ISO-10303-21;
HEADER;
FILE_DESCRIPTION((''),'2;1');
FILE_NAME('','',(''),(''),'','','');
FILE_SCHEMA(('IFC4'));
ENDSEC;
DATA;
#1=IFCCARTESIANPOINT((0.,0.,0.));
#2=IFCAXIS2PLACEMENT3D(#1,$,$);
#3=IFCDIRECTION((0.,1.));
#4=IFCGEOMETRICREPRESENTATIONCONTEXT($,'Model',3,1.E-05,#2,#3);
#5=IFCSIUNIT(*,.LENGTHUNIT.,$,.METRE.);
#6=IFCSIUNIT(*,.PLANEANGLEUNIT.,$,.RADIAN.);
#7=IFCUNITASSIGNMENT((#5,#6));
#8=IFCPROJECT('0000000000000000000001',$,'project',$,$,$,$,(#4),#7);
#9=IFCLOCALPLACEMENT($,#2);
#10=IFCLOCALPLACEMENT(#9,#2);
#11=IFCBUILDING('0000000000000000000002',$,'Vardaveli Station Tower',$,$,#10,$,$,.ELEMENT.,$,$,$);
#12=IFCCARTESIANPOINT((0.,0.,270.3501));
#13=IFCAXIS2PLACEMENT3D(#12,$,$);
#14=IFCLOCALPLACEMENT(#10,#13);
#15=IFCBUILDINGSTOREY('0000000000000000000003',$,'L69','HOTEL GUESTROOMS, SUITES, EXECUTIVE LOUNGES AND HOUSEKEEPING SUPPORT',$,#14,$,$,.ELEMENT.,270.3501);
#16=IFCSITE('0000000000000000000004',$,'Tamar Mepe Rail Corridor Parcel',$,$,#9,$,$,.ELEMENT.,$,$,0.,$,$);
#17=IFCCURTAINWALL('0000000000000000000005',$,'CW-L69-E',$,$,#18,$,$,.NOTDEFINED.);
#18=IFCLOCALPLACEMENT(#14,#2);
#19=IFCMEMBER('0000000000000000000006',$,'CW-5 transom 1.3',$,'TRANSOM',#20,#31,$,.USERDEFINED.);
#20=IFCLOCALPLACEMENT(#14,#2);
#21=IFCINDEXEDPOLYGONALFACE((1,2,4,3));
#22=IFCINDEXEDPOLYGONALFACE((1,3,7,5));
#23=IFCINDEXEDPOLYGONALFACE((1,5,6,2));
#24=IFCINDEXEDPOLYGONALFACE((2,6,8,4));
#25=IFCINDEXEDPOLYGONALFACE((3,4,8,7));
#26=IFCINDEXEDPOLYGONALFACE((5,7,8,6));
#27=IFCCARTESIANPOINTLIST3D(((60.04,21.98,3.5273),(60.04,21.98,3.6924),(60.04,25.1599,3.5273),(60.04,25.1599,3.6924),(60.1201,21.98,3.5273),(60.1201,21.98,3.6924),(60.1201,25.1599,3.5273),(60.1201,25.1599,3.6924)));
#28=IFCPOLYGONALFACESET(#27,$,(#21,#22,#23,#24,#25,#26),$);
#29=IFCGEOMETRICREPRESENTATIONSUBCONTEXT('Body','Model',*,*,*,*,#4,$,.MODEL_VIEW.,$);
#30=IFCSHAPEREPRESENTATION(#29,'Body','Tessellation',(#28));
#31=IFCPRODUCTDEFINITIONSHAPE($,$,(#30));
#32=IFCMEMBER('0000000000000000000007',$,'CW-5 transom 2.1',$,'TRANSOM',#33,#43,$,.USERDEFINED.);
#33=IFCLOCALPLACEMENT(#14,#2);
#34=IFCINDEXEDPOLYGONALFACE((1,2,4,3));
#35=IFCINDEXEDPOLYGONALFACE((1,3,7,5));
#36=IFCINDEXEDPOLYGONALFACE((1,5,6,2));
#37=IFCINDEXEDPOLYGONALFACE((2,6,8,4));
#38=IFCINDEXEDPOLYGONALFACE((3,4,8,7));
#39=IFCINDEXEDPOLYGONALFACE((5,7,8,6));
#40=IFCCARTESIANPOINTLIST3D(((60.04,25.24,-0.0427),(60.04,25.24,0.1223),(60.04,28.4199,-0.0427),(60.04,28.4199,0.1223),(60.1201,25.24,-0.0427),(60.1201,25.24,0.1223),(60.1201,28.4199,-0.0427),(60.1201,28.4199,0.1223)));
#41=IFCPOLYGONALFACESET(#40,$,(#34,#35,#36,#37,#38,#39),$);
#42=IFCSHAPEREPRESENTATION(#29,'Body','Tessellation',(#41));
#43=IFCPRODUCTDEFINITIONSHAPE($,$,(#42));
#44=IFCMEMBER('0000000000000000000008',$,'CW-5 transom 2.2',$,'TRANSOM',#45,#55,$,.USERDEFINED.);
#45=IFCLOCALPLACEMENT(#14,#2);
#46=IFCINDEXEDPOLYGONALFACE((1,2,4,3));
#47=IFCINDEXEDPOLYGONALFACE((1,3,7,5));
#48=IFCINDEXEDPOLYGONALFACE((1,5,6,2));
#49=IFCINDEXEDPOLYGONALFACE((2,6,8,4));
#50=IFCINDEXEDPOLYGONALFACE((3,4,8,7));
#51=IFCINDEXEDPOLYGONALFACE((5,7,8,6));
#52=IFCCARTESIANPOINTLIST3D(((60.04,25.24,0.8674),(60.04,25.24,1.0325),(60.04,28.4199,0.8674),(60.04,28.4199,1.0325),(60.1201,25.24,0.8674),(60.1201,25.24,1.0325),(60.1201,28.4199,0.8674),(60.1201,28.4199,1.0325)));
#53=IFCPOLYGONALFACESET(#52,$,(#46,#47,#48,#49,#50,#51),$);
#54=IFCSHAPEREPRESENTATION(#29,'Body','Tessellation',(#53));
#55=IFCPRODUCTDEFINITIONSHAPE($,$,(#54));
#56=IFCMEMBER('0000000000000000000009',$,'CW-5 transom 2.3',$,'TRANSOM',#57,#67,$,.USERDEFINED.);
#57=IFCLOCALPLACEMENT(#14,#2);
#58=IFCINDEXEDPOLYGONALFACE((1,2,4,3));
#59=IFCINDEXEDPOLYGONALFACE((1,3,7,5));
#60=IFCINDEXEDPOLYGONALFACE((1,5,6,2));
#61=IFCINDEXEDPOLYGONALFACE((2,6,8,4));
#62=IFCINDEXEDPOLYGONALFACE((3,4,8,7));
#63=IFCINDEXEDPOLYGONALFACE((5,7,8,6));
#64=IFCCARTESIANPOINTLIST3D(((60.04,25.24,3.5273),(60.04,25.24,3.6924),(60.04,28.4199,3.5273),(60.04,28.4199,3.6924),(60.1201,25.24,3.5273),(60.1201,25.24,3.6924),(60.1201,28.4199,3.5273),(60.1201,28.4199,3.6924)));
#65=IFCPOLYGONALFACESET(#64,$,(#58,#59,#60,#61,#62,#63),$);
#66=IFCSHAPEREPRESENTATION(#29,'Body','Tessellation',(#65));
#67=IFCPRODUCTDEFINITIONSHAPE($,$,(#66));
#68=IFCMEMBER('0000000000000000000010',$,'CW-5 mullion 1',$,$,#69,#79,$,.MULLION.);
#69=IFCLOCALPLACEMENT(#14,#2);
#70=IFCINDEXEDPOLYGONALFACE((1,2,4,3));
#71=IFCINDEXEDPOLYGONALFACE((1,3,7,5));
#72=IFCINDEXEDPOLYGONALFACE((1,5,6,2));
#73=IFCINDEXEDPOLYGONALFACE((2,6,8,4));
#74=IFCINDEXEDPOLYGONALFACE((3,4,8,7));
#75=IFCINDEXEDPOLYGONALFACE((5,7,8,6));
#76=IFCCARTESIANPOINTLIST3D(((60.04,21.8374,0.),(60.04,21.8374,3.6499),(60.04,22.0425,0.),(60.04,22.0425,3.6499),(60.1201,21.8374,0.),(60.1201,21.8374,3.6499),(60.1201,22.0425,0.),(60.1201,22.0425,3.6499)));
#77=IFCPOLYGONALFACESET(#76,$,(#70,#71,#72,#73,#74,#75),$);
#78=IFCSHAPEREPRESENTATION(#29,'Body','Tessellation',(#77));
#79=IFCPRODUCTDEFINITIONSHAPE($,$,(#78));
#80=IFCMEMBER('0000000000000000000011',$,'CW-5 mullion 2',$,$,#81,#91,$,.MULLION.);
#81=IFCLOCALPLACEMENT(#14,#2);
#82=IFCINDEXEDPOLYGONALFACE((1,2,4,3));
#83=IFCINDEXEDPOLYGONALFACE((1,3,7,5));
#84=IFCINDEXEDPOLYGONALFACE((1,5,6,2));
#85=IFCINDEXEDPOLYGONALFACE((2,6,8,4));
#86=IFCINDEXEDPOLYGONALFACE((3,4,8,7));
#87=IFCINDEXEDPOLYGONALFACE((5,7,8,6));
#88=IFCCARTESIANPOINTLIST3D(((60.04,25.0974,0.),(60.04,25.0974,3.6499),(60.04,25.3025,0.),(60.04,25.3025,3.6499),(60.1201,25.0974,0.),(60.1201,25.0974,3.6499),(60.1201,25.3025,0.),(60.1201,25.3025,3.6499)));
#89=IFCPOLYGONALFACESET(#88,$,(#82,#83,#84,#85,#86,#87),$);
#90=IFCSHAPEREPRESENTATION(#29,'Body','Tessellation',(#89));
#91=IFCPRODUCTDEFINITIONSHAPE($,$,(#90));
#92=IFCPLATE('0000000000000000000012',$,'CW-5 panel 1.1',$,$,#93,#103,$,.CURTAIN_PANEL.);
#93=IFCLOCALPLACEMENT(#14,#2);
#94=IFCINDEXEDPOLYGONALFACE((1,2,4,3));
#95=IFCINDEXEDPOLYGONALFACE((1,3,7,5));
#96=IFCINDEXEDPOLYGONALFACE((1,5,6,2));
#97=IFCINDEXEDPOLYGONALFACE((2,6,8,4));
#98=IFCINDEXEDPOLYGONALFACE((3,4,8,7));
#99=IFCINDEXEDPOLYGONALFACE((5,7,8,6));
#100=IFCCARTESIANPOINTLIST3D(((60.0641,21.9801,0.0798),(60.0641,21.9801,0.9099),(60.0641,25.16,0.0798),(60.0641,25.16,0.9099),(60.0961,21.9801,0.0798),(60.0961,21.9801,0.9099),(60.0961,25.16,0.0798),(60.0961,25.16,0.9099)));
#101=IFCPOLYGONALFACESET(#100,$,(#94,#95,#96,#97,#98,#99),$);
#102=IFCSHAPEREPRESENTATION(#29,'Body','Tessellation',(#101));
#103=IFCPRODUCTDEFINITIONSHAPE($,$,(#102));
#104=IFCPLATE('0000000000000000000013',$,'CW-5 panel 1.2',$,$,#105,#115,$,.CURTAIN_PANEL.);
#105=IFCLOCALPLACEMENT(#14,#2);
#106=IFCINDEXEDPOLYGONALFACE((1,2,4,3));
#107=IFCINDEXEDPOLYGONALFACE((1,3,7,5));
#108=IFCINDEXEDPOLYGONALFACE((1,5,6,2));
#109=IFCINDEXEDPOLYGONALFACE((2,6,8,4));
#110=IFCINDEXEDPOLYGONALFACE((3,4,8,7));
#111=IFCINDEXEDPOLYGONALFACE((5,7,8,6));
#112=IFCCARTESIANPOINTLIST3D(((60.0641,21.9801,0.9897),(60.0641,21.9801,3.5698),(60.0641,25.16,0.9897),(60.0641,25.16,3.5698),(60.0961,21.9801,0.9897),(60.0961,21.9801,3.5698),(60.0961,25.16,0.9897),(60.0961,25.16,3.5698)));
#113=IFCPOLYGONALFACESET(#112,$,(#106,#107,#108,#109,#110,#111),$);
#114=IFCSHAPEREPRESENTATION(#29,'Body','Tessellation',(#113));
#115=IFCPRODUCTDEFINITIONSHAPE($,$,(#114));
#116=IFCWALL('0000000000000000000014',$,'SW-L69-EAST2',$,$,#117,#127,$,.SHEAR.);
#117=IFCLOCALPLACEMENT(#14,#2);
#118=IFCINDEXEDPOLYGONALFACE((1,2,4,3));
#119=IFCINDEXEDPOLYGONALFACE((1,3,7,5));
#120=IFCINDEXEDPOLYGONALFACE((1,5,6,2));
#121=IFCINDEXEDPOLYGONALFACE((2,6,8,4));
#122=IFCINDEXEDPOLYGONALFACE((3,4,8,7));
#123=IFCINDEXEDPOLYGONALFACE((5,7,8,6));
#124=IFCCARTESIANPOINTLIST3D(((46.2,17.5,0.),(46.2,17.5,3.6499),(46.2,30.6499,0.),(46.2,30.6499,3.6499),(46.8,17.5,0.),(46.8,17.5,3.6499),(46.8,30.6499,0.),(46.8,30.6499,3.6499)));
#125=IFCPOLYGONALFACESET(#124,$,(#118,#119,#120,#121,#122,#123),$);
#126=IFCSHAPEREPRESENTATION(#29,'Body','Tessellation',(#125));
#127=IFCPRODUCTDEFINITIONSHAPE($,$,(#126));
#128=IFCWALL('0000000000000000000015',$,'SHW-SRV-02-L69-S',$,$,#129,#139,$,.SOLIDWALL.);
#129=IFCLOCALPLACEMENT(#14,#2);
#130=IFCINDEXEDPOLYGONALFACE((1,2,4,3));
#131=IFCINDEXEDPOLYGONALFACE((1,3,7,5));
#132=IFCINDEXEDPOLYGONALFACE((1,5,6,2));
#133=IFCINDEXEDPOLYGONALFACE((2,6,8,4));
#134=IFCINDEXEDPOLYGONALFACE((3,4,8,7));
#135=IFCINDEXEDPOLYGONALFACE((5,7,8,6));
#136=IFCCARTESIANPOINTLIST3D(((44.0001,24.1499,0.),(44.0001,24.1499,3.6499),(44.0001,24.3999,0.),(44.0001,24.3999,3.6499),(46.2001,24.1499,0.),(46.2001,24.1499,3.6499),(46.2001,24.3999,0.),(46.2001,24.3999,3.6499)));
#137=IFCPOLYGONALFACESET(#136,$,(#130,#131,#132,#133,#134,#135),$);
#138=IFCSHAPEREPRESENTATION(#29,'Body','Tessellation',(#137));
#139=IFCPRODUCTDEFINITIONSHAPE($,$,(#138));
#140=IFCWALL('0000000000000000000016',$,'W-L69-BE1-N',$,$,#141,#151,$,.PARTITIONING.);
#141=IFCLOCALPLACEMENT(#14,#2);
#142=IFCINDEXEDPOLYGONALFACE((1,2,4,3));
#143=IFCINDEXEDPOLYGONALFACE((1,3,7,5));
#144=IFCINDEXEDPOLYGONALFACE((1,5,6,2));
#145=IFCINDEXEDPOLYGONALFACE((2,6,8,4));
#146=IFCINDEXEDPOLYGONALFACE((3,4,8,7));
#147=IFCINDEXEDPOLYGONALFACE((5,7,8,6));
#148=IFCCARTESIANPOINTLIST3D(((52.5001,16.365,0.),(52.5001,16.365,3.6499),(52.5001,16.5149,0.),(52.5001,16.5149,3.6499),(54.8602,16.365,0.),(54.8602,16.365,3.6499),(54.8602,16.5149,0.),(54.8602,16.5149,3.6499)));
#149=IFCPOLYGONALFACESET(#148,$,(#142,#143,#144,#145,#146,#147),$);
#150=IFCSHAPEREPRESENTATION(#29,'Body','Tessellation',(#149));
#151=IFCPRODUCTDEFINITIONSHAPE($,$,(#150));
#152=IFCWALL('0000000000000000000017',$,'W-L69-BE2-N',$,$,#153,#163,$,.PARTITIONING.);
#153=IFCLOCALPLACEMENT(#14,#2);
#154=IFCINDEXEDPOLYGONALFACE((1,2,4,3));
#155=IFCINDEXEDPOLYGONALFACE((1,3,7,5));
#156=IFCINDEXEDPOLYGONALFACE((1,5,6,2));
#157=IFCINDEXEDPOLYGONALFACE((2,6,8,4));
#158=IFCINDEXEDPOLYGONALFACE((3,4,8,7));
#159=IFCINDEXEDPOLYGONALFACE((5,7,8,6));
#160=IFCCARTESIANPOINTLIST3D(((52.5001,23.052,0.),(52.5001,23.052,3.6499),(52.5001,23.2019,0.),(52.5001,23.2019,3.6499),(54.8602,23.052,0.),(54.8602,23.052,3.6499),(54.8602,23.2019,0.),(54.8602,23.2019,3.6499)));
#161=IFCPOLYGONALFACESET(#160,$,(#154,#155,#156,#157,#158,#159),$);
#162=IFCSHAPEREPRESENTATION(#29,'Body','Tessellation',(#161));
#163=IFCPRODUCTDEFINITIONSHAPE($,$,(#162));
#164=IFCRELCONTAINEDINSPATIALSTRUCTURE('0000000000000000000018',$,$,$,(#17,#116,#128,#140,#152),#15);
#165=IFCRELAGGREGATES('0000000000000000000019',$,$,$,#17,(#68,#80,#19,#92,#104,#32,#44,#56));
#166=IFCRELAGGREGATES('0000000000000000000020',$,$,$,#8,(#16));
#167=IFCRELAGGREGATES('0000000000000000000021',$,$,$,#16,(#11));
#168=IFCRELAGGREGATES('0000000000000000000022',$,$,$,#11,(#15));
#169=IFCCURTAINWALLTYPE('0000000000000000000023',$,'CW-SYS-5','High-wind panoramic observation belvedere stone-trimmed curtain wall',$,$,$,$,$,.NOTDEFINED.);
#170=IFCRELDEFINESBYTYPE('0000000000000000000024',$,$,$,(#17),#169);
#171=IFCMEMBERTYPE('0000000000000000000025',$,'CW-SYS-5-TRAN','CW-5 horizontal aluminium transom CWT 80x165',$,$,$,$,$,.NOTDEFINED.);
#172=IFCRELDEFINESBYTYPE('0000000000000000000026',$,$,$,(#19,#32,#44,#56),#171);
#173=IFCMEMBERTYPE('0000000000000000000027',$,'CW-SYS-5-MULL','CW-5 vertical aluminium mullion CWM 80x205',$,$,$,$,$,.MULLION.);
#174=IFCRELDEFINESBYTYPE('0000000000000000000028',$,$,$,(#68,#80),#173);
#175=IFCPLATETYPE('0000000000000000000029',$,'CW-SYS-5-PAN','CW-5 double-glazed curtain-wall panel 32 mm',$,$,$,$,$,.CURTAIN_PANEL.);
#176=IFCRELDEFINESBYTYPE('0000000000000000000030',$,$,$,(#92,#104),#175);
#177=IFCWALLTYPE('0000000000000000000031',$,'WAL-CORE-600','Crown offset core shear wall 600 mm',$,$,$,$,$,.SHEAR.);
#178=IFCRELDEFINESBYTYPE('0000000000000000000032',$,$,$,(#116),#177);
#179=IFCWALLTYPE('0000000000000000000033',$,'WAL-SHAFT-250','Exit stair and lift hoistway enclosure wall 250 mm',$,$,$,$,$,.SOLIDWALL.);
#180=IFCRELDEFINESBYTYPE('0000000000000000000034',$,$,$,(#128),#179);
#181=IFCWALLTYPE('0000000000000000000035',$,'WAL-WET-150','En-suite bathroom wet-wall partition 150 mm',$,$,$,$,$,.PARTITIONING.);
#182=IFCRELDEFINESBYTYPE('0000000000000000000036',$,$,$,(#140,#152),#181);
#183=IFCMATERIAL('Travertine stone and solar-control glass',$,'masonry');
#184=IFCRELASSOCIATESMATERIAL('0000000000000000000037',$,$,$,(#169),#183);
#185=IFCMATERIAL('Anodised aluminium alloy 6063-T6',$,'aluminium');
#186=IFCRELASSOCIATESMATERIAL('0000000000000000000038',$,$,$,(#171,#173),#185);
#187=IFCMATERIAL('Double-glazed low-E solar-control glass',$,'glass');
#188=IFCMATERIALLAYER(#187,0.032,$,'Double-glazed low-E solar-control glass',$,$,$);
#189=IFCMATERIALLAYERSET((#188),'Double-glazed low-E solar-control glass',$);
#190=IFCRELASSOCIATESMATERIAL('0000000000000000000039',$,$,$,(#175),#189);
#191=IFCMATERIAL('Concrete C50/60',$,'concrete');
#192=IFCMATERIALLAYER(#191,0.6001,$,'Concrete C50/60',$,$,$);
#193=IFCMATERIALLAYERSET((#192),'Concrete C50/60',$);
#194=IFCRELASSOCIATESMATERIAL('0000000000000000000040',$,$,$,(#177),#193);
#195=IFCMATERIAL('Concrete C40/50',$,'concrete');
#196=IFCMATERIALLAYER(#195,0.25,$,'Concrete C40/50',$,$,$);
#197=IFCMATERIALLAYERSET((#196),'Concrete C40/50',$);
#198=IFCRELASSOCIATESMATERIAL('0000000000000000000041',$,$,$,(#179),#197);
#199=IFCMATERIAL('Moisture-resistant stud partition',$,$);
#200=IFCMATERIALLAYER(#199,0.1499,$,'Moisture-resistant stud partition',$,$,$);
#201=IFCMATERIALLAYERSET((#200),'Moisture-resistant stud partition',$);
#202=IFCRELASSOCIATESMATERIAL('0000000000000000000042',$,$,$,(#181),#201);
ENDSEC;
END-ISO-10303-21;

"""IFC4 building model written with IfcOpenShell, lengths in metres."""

from ifc_helpers import new_model, si_unit, direction, frame, frame_2d, origin, origin_2d, place, context, subcontext, project, spatial, rectangle, extrude, source, transform, mapped, material, layer, layer_set, material_profile, profile_set, type_object, element, aggregate, save


model = new_model("IFC4")

# Units and contexts
model_context = context("Model", 3, precision=1e-05, world=origin(), true_north=direction((0.0, 1.0)))
body_context = subcontext(model_context, "Body", "Model", "MODEL_VIEW")
ifc_project = project(units=[si_unit("LENGTHUNIT", "METRE"), si_unit("PLANEANGLEUNIT", "RADIAN")], contexts=[model_context])

# Site, building, storey
site_placement = place(None, origin())
site = spatial("IfcSite", under=ifc_project, at=site_placement, Name="Tamar Mepe Rail Corridor Parcel", CompositionType="ELEMENT", RefElevation=0.0)
building_placement = place(site_placement, origin())
building = spatial("IfcBuilding", under=site, at=building_placement, Name="Vardaveli Station Tower", CompositionType="ELEMENT")
storey_placement = place(building_placement, frame((0.0, 0.0, 270.3501)))
storey = spatial("IfcBuildingStorey", under=building, at=storey_placement, Name="L69", Description="HOTEL GUESTROOMS, SUITES, EXECUTIVE LOUNGES AND HOUSEKEEPING SUPPORT", CompositionType="ELEMENT", Elevation=270.3501)

# Curtain wall, members, plates
ifc_material_1 = material(Name="Travertine stone and solar-control glass", Category="masonry")
curtain_wall_type = type_object("IfcCurtainWallType", Name="CW-SYS-5", Description="High-wind panoramic observation belvedere stone-trimmed curtain wall", PredefinedType="NOTDEFINED", material=ifc_material_1)
curtain_wall_placement = place(storey_placement, origin())
curtain_wall = element("IfcCurtainWall", 1, at=curtain_wall_placement, inside=storey, type_object=curtain_wall_type, Name="CW-L69-E", PredefinedType="NOTDEFINED")
ifc_material_2 = material(Name="Anodised aluminium alloy 6063-T6", Category="aluminium")
ifc_material_profile_1 = material_profile(ifc_material_2, rectangle(XDim=0.0801, YDim=0.165, at=origin_2d()), Name="CWT 80x165")
ifc_profile_set_1 = profile_set([ifc_material_profile_1], Name="Anodised aluminium alloy 6063-T6")
member_type_1 = type_object("IfcMemberType", Name="CW-SYS-5-TRAN", Description="CW-5 horizontal aluminium transom CWT 80x165", PredefinedType="NOTDEFINED", material=ifc_profile_set_1)
shared_shape_1 = source(origin(), body_context, "Body", "SweptSolid", [
    extrude(rectangle(XDim=0.0801, YDim=0.165, at=origin_2d()), origin(), (0.0, 0.0, 1.0), 3.1799),
])
member_1_placement = place(storey_placement, frame((60.0801, 21.98, 3.6099), z_axis=(0.0, 1.0, 0.0), x_axis=(-1.0, 0.0, 0.0)))
member_1 = element("IfcMember", 2, at=member_1_placement, type_object=member_type_1, Name="CW-5 transom 1.3", ObjectType="TRANSOM", PredefinedType="USERDEFINED", context=body_context, shape_type="MappedRepresentation", body=[
    mapped(shared_shape_1, transform((0.0, 0.0, 0.0), scale=1.0)),
])
member_2_placement = place(storey_placement, frame((60.0801, 25.24, 0.0398), z_axis=(0.0, 1.0, 0.0), x_axis=(-1.0, 0.0, 0.0)))
member_2 = element("IfcMember", 3, at=member_2_placement, type_object=member_type_1, Name="CW-5 transom 2.1", ObjectType="TRANSOM", PredefinedType="USERDEFINED", context=body_context, shape_type="MappedRepresentation", body=[
    mapped(shared_shape_1, transform((0.0, 0.0, 0.0), scale=1.0)),
])
member_3_placement = place(storey_placement, frame((60.0801, 25.24, 0.95), z_axis=(0.0, 1.0, 0.0), x_axis=(-1.0, 0.0, 0.0)))
member_3 = element("IfcMember", 4, at=member_3_placement, type_object=member_type_1, Name="CW-5 transom 2.2", ObjectType="TRANSOM", PredefinedType="USERDEFINED", context=body_context, shape_type="MappedRepresentation", body=[
    mapped(shared_shape_1, transform((0.0, 0.0, 0.0), scale=1.0)),
])
member_4_placement = place(storey_placement, frame((60.0801, 25.24, 3.6099), z_axis=(0.0, 1.0, 0.0), x_axis=(-1.0, 0.0, 0.0)))
member_4 = element("IfcMember", 5, at=member_4_placement, type_object=member_type_1, Name="CW-5 transom 2.3", ObjectType="TRANSOM", PredefinedType="USERDEFINED", context=body_context, shape_type="MappedRepresentation", body=[
    mapped(shared_shape_1, transform((0.0, 0.0, 0.0), scale=1.0)),
])
ifc_material_profile_2 = material_profile(ifc_material_2, rectangle(XDim=0.0801, YDim=0.2051, at=origin_2d()), Name="CWM 80x205")
ifc_profile_set_2 = profile_set([ifc_material_profile_2], Name="Anodised aluminium alloy 6063-T6")
member_type_2 = type_object("IfcMemberType", Name="CW-SYS-5-MULL", Description="CW-5 vertical aluminium mullion CWM 80x205", PredefinedType="MULLION", material=ifc_profile_set_2)
shared_shape_2 = source(origin(), body_context, "Body", "SweptSolid", [
    extrude(rectangle(XDim=0.0801, YDim=0.2051, at=origin_2d()), origin(), (0.0, 0.0, 1.0), 3.6499),
])
member_5_placement = place(storey_placement, frame((60.0801, 21.9399, 0.0), z_axis=(0.0, 0.0, 1.0), x_axis=(-1.0, 0.0, 0.0)))
member_5 = element("IfcMember", 6, at=member_5_placement, type_object=member_type_2, Name="CW-5 mullion 1", PredefinedType="MULLION", context=body_context, shape_type="MappedRepresentation", body=[
    mapped(shared_shape_2, transform((0.0, 0.0, 0.0), scale=1.0)),
])
member_6_placement = place(storey_placement, frame((60.0801, 25.2, 0.0), z_axis=(0.0, 0.0, 1.0), x_axis=(-1.0, 0.0, 0.0)))
member_6 = element("IfcMember", 7, at=member_6_placement, type_object=member_type_2, Name="CW-5 mullion 2", PredefinedType="MULLION", context=body_context, shape_type="MappedRepresentation", body=[
    mapped(shared_shape_2, transform((0.0, 0.0, 0.0), scale=1.0)),
])
ifc_material_3 = material(Name="Double-glazed low-E solar-control glass", Category="glass")
ifc_layer_1 = layer(ifc_material_3, 0.032, Name="Double-glazed low-E solar-control glass")
ifc_layer_set_1 = layer_set([ifc_layer_1], Name="Double-glazed low-E solar-control glass")
plate_type = type_object("IfcPlateType", Name="CW-SYS-5-PAN", Description="CW-5 double-glazed curtain-wall panel 32 mm", PredefinedType="CURTAIN_PANEL", material=ifc_layer_set_1)
shared_shape_3 = source(origin(), body_context, "Body", "SweptSolid", [
    extrude(rectangle(XDim=3.1799, YDim=0.032, at=origin_2d()), origin(), (0.0, 0.0, 1.0), 0.8301),
])
plate_1_placement = place(storey_placement, frame((60.0801, 23.5701, 0.0798), z_axis=(0.0, 0.0, 1.0), x_axis=(0.0, 1.0, 0.0)))
plate_1 = element("IfcPlate", 8, at=plate_1_placement, type_object=plate_type, Name="CW-5 panel 1.1", PredefinedType="CURTAIN_PANEL", context=body_context, shape_type="MappedRepresentation", body=[
    mapped(shared_shape_3, transform((0.0, 0.0, 0.0), scale=1.0)),
])
shared_shape_4 = source(origin(), body_context, "Body", "SweptSolid", [
    extrude(rectangle(XDim=3.1799, YDim=0.032, at=origin_2d()), origin(), (0.0, 0.0, 1.0), 2.5801),
])
plate_2_placement = place(storey_placement, frame((60.0801, 23.5701, 0.9897), z_axis=(0.0, 0.0, 1.0), x_axis=(0.0, 1.0, 0.0)))
plate_2 = element("IfcPlate", 9, at=plate_2_placement, type_object=plate_type, Name="CW-5 panel 1.2", PredefinedType="CURTAIN_PANEL", context=body_context, shape_type="MappedRepresentation", body=[
    mapped(shared_shape_4, transform((0.0, 0.0, 0.0), scale=1.0)),
])
aggregate(curtain_wall, [member_5, member_6, member_1, plate_1, plate_2, member_2, member_3, member_4])

# Walls
ifc_material_4 = material(Name="Concrete C50/60", Category="concrete")
ifc_layer_2 = layer(ifc_material_4, 0.6001, Name="Concrete C50/60")
ifc_layer_set_2 = layer_set([ifc_layer_2], Name="Concrete C50/60")
wall_type_1 = type_object("IfcWallType", Name="WAL-CORE-600", Description="Crown offset core shear wall 600 mm", PredefinedType="SHEAR", material=ifc_layer_set_2)
shared_shape_5 = source(origin(), body_context, "Body", "SweptSolid", [
    extrude(rectangle(XDim=13.1499, YDim=0.6001, at=frame_2d((6.575, 0.0))), origin(), (0.0, 0.0, 1.0), 3.6499),
])
wall_1_placement = place(storey_placement, frame((46.5, 17.5, 0.0), z_axis=(0.0, 0.0, 1.0), x_axis=(0.0, 1.0, 0.0)))
element("IfcWall", 10, at=wall_1_placement, inside=storey, type_object=wall_type_1, Name="SW-L69-EAST2", PredefinedType="SHEAR", context=body_context, shape_type="MappedRepresentation", body=[
    mapped(shared_shape_5, transform((0.0, 0.0, 0.0), scale=1.0)),
])
ifc_material_5 = material(Name="Concrete C40/50", Category="concrete")
ifc_layer_3 = layer(ifc_material_5, 0.25, Name="Concrete C40/50")
ifc_layer_set_3 = layer_set([ifc_layer_3], Name="Concrete C40/50")
wall_type_2 = type_object("IfcWallType", Name="WAL-SHAFT-250", Description="Exit stair and lift hoistway enclosure wall 250 mm", PredefinedType="SOLIDWALL", material=ifc_layer_set_3)
shared_shape_6 = source(origin(), body_context, "Body", "SweptSolid", [
    extrude(rectangle(XDim=2.2, YDim=0.25, at=frame_2d((1.1001, 0.0))), origin(), (0.0, 0.0, 1.0), 3.6499),
])
wall_2_placement = place(storey_placement, frame((44.0, 24.2749, 0.0), z_axis=(0.0, 0.0, 1.0), x_axis=(1.0, 0.0, 0.0)))
element("IfcWall", 11, at=wall_2_placement, inside=storey, type_object=wall_type_2, Name="SHW-SRV-02-L69-S", PredefinedType="SOLIDWALL", context=body_context, shape_type="MappedRepresentation", body=[
    mapped(shared_shape_6, transform((0.0, 0.0, 0.0), scale=1.0)),
])
ifc_material_6 = material(Name="Moisture-resistant stud partition")
ifc_layer_4 = layer(ifc_material_6, 0.1499, Name="Moisture-resistant stud partition")
ifc_layer_set_4 = layer_set([ifc_layer_4], Name="Moisture-resistant stud partition")
wall_type_3 = type_object("IfcWallType", Name="WAL-WET-150", Description="En-suite bathroom wet-wall partition 150 mm", PredefinedType="PARTITIONING", material=ifc_layer_set_4)
shared_shape_7 = source(origin(), body_context, "Body", "SweptSolid", [
    extrude(rectangle(XDim=2.3601, YDim=0.1499, at=frame_2d((1.1802, 0.0))), origin(), (0.0, 0.0, 1.0), 3.6499),
])
for number, where, z_axis, x_axis, name in (
    (12, (52.5, 16.4399, 0.0), (0.0, 0.0, 1.0), (1.0, 0.0, 0.0), "W-L69-BE1-N"),
    (13, (52.5, 23.127, 0.0), (0.0, 0.0, 1.0), (1.0, 0.0, 0.0), "W-L69-BE2-N"),
):
    element("IfcWall", number, at=place(storey_placement, frame(where, z_axis=z_axis, x_axis=x_axis)), inside=storey, type_object=wall_type_3, Name=name, PredefinedType="PARTITIONING", context=body_context, shape_type="MappedRepresentation", body=[
        mapped(shared_shape_7, transform((0.0, 0.0, 0.0), scale=1.0)),
    ])

save(model, "model.ifc")
